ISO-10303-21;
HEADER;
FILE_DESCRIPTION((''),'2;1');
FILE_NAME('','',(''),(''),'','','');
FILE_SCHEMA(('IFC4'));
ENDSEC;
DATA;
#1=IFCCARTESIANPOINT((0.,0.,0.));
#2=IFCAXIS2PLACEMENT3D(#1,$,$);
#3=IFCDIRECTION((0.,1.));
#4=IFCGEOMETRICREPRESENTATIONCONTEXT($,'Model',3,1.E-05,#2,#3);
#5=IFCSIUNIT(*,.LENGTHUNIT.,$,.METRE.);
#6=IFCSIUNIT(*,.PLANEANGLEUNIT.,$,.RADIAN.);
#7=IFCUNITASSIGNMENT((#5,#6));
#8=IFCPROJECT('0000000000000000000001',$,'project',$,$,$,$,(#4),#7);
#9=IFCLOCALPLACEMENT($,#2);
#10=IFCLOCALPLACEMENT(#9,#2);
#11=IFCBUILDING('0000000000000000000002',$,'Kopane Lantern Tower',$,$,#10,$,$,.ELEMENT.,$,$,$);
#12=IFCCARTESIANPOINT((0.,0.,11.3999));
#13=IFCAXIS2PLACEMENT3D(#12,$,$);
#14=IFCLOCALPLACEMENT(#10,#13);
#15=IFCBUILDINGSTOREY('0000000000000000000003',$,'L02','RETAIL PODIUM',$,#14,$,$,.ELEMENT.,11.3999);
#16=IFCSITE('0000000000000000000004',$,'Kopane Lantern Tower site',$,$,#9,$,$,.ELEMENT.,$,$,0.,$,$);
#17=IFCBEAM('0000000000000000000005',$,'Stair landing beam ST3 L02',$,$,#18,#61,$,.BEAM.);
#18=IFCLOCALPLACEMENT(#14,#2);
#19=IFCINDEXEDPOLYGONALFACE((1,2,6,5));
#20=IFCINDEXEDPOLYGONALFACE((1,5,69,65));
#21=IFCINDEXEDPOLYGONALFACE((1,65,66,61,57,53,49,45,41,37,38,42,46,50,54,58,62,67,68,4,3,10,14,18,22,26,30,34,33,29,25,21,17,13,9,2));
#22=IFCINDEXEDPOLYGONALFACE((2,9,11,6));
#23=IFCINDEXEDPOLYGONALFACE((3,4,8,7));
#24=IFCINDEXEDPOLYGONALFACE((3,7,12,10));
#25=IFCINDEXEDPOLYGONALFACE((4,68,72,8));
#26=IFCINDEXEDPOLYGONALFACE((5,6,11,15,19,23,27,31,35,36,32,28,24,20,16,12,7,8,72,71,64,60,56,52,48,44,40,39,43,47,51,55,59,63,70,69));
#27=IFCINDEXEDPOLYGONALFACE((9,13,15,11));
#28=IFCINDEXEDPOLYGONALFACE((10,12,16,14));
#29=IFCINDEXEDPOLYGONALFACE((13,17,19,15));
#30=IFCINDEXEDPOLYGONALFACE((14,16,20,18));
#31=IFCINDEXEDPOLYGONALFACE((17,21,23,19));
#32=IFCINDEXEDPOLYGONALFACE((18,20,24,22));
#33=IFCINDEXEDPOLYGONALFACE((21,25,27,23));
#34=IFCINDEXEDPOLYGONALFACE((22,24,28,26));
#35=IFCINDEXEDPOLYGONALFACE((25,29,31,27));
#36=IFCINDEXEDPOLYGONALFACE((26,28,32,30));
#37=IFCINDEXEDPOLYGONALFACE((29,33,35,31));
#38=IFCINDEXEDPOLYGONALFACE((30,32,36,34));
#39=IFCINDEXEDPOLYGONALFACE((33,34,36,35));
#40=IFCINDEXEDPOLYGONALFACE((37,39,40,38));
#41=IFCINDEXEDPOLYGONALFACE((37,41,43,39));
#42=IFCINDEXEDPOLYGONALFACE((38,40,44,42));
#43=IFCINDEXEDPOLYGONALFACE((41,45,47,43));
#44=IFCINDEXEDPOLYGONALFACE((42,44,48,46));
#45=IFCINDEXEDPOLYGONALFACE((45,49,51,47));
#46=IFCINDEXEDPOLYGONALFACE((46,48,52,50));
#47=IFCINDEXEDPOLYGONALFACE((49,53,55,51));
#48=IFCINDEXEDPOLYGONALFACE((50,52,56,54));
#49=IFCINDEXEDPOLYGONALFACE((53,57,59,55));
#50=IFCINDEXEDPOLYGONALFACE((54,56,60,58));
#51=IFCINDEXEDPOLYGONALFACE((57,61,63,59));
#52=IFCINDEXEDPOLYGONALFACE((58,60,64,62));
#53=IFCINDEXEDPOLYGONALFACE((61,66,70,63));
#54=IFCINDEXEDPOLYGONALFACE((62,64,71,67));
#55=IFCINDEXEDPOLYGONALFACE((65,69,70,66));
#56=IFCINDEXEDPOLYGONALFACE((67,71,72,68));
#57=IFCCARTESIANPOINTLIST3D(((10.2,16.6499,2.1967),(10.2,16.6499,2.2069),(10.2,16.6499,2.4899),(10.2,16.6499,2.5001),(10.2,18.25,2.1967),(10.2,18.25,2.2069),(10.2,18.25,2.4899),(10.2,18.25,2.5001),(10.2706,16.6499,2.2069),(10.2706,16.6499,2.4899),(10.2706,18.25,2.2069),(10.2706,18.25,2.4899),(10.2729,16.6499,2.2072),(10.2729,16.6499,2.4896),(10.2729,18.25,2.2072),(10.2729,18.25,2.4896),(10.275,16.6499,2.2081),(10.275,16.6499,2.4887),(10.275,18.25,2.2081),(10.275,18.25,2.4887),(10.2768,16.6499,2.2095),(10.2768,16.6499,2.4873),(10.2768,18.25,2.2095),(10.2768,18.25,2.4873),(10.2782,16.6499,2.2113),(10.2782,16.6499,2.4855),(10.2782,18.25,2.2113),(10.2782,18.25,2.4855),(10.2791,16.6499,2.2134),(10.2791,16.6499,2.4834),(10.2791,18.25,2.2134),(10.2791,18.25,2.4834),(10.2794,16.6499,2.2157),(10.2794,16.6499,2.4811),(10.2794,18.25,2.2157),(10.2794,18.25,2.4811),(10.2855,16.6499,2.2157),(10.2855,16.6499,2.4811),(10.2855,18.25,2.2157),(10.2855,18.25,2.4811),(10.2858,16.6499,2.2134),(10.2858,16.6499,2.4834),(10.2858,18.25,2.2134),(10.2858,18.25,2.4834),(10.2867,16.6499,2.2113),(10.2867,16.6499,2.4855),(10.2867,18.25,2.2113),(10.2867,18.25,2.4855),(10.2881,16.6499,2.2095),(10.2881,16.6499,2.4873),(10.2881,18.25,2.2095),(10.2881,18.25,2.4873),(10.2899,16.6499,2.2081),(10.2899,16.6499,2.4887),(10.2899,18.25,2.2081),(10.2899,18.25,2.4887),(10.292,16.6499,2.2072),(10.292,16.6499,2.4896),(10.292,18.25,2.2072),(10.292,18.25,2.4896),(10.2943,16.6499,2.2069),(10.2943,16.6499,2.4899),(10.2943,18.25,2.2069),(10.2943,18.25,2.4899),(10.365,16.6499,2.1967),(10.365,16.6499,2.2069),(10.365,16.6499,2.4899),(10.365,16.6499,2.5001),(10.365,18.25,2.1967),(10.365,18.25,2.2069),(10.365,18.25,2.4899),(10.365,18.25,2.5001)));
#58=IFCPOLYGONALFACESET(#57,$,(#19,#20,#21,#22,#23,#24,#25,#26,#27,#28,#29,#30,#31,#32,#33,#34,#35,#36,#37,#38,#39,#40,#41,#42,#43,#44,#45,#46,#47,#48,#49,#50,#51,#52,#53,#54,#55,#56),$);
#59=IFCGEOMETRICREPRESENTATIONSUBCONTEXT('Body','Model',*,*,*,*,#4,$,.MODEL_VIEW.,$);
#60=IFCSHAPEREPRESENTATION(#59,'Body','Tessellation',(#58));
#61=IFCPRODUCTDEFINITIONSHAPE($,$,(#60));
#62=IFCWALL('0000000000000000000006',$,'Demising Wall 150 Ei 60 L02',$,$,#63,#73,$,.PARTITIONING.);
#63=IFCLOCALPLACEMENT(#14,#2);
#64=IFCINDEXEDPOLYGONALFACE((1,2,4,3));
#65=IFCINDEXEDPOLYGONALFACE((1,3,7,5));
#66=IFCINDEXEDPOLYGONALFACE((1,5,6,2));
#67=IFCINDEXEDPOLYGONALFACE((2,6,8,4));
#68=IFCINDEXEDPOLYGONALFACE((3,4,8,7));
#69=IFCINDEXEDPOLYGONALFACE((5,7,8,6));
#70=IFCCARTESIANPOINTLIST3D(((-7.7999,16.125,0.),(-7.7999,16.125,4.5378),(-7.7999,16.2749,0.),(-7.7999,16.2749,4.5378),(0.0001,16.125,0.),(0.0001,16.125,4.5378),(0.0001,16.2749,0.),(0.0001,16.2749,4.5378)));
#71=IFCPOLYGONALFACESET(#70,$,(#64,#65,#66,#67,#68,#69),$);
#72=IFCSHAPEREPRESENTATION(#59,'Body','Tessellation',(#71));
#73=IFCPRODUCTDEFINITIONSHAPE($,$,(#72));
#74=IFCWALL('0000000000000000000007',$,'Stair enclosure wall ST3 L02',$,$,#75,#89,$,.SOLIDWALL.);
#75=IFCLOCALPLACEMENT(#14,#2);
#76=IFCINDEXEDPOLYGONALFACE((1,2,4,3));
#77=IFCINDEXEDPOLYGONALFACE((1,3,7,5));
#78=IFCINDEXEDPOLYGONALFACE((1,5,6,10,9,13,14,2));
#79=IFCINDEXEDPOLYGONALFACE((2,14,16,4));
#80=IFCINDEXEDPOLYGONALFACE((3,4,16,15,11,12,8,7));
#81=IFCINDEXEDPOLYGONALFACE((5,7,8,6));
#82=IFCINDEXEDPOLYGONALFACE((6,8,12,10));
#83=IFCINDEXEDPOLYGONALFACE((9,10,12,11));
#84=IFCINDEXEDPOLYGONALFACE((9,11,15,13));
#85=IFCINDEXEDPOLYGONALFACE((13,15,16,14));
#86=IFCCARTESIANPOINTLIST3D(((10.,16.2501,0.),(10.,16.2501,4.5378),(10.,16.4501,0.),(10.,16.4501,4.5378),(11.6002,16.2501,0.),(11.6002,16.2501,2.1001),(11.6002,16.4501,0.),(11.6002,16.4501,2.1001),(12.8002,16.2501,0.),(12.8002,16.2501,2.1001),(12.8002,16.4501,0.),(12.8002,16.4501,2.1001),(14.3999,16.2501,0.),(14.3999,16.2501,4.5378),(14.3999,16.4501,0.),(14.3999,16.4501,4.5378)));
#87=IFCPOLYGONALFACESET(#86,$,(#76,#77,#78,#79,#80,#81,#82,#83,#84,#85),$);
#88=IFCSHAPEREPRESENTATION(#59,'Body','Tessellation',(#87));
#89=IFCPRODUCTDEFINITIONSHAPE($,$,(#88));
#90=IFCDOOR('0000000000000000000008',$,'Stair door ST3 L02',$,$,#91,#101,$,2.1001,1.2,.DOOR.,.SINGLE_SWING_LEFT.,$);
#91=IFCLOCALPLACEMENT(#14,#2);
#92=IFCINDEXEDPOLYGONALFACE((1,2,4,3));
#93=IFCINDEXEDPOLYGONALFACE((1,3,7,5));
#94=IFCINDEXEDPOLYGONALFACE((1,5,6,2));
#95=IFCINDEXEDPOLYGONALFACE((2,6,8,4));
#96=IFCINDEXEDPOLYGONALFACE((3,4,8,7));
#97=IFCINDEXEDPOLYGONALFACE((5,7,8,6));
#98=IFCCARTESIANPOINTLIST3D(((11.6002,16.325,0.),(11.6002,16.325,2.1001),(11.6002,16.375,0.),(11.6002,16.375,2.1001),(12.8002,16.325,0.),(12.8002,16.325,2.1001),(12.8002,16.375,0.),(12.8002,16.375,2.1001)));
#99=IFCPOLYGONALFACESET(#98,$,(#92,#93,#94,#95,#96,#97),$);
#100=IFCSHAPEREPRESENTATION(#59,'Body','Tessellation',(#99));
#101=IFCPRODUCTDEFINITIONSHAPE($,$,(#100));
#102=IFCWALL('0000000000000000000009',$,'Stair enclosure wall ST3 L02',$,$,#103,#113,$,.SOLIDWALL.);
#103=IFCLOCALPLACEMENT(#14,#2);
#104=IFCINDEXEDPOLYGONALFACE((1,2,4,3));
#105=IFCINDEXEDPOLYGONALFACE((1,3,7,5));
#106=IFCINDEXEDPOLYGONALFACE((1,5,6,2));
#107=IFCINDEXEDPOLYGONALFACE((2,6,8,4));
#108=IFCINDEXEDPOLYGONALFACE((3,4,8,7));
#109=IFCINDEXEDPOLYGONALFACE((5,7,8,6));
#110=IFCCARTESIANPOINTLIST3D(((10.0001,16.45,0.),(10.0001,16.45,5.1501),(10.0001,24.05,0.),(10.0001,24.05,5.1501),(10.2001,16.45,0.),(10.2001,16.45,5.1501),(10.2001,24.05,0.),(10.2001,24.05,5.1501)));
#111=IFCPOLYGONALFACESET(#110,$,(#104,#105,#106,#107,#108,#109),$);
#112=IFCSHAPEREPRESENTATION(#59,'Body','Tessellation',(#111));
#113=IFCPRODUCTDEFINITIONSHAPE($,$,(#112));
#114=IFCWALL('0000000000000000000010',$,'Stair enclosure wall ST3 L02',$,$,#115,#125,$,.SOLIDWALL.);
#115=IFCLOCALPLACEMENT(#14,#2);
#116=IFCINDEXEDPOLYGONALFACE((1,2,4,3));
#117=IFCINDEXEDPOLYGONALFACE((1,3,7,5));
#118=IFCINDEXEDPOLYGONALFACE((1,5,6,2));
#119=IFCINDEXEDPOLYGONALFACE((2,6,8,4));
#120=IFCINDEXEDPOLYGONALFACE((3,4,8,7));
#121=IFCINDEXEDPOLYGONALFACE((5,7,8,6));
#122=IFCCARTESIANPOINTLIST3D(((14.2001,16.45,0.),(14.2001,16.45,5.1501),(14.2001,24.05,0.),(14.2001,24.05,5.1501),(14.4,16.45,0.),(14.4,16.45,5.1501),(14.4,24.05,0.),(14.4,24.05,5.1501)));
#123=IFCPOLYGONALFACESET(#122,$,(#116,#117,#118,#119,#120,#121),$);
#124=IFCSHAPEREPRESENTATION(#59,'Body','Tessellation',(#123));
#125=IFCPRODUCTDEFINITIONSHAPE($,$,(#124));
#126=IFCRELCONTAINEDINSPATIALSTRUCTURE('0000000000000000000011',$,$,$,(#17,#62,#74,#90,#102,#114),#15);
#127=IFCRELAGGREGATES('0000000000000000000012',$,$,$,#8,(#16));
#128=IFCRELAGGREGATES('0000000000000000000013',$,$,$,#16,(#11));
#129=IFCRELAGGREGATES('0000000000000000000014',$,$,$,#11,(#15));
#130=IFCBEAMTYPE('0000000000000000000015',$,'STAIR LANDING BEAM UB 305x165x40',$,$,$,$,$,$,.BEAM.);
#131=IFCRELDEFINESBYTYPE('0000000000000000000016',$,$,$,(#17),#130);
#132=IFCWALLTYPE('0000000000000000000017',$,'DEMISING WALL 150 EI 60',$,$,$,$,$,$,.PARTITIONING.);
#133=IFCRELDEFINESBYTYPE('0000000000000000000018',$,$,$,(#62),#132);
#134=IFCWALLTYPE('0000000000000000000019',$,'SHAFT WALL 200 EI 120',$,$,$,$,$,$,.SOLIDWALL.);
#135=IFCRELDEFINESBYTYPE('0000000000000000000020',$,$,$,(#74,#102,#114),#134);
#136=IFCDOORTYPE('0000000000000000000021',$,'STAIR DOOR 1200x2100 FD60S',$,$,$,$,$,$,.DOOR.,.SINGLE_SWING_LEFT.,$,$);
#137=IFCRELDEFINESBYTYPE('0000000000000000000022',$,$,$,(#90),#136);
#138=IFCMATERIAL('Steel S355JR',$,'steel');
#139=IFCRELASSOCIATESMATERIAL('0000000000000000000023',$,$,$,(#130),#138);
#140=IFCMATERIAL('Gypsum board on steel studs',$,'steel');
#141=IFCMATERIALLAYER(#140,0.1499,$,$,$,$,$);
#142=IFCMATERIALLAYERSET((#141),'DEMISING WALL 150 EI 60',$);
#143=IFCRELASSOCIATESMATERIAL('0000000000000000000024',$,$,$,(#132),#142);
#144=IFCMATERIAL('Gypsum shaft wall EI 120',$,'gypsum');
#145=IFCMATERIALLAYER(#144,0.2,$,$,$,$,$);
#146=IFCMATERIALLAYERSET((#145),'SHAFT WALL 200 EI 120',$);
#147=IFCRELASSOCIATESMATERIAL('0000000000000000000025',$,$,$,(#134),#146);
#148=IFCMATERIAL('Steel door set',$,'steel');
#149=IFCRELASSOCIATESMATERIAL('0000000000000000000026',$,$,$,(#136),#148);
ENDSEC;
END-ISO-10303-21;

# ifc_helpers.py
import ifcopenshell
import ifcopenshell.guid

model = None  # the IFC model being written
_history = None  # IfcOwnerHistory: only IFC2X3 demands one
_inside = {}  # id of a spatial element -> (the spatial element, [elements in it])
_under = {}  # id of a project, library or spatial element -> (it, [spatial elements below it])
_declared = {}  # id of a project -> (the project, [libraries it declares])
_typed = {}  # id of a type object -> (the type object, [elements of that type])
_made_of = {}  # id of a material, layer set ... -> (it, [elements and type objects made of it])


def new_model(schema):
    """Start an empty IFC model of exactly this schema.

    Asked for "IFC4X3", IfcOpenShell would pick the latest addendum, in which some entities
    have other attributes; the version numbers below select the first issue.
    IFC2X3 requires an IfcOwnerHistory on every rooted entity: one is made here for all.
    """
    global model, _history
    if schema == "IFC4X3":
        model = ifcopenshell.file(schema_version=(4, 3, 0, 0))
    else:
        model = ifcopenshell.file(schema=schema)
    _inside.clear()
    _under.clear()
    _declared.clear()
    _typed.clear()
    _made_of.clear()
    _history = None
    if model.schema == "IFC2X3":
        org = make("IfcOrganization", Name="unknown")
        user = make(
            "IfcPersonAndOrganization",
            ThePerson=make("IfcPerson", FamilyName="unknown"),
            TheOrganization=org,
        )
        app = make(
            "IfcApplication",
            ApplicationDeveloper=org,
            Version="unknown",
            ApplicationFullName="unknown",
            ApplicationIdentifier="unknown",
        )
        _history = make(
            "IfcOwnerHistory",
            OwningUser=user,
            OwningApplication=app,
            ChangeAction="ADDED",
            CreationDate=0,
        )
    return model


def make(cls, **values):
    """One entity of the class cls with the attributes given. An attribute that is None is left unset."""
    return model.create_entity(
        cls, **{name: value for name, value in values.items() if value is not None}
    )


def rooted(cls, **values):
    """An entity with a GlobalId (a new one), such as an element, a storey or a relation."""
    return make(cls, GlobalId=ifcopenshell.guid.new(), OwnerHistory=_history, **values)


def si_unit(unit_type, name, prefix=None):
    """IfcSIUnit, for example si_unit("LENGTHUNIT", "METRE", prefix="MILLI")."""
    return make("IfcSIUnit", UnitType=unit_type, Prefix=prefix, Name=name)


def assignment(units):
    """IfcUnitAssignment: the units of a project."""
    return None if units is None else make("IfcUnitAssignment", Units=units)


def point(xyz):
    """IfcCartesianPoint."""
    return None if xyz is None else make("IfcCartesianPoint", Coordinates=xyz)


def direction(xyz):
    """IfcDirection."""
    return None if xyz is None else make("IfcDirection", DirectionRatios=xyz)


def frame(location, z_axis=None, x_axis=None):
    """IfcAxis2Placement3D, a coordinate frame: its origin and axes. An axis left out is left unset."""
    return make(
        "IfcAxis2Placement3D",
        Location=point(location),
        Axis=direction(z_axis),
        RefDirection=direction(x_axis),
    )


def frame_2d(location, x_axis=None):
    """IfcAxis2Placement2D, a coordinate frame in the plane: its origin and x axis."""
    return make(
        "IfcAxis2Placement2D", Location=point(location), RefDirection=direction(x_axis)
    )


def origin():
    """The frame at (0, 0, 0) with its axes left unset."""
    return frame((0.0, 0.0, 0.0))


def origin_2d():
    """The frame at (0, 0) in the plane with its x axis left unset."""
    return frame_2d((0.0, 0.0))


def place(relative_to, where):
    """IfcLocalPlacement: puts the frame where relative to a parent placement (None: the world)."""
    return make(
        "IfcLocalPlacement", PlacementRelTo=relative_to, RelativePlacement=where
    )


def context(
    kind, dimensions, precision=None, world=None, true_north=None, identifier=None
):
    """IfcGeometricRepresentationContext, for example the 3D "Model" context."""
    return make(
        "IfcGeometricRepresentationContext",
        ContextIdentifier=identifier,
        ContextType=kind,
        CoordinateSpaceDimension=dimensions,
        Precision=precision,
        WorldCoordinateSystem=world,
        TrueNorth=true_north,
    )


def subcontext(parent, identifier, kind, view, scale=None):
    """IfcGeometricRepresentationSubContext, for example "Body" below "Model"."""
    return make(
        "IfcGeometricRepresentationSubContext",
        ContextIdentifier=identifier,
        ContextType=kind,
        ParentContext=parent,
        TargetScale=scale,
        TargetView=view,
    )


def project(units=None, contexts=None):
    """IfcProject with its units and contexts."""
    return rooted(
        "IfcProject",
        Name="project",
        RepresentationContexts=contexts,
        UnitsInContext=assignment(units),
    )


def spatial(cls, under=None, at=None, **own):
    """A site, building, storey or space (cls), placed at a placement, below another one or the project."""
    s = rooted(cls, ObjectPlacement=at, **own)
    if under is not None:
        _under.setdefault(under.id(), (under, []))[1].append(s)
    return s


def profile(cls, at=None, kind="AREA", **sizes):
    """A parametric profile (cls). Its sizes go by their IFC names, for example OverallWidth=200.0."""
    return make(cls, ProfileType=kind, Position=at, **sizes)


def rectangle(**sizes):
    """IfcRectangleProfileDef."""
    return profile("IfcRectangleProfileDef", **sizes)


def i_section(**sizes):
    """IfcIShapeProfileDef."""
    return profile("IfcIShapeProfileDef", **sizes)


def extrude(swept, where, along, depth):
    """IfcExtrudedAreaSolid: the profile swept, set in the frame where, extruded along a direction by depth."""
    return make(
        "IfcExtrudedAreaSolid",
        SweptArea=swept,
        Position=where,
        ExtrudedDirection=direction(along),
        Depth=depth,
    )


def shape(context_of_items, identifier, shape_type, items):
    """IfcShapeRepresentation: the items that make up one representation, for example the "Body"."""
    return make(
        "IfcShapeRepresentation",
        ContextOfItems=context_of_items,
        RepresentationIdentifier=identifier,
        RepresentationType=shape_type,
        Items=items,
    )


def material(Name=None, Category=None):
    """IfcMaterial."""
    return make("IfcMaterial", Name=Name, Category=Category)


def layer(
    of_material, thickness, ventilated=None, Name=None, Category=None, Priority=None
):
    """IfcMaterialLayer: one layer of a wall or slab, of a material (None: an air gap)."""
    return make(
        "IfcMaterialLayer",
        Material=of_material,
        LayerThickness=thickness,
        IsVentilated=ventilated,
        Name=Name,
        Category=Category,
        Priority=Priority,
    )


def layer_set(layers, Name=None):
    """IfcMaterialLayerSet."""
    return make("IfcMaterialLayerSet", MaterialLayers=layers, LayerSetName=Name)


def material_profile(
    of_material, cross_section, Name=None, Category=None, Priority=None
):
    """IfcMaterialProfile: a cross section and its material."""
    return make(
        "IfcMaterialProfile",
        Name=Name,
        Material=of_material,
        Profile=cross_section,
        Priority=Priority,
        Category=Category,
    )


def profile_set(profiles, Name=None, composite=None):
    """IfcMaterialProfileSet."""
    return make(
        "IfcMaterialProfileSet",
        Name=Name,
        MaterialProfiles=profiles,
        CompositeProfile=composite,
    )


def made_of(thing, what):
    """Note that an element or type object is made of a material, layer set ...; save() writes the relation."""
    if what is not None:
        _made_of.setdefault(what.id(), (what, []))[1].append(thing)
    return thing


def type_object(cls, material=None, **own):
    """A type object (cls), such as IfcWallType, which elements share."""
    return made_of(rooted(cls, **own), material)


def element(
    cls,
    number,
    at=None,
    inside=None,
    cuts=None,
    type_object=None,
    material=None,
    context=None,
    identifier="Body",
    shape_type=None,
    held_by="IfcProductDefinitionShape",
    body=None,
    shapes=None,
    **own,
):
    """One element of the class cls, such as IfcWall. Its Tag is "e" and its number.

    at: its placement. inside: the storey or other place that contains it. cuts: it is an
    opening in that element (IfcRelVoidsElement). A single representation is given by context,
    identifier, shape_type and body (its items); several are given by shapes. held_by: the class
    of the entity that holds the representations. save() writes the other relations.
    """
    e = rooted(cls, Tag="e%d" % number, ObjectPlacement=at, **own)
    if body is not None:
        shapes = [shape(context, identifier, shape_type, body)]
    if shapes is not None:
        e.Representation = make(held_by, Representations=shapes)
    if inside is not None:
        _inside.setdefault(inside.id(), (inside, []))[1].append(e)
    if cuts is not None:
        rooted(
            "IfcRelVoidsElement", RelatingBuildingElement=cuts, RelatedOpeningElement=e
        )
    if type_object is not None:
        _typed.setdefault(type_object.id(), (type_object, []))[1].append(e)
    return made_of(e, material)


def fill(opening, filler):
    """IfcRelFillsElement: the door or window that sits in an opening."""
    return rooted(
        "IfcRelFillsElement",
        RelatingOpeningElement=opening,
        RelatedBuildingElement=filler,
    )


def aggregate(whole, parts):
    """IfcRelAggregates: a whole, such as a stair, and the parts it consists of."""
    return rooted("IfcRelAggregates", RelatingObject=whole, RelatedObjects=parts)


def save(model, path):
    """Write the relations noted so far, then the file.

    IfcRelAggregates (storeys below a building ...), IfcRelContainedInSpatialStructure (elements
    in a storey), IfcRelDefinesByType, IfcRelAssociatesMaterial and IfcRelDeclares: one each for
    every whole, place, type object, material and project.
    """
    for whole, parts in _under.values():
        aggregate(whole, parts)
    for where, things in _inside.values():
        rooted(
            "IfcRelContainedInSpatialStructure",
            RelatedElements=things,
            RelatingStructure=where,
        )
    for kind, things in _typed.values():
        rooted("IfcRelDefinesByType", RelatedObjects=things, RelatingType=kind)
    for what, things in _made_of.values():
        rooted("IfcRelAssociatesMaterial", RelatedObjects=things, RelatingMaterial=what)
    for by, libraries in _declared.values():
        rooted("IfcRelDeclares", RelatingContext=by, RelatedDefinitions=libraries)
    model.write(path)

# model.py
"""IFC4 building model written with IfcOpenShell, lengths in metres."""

from ifc_helpers import new_model, si_unit, direction, frame, frame_2d, origin, origin_2d, place, context, subcontext, project, spatial, rectangle, i_section, extrude, material, layer, layer_set, material_profile, profile_set, type_object, element, fill, save


model = new_model("IFC4")

# Units and contexts
model_context = context("Model", 3, precision=1e-05, world=origin(), true_north=direction((0.0, 1.0)))
body_context = subcontext(model_context, "Body", "Model", "MODEL_VIEW")
ifc_project = project(units=[si_unit("LENGTHUNIT", "METRE"), si_unit("PLANEANGLEUNIT", "RADIAN")], contexts=[model_context])

# Site, building, storey
site_placement = place(None, origin())
site = spatial("IfcSite", under=ifc_project, at=site_placement, Name="Kopane Lantern Tower site", CompositionType="ELEMENT", RefElevation=0.0)
building_placement = place(site_placement, origin())
building = spatial("IfcBuilding", under=site, at=building_placement, Name="Kopane Lantern Tower", CompositionType="ELEMENT")
storey_placement = place(building_placement, frame((0.0, 0.0, 11.3999)))
storey = spatial("IfcBuildingStorey", under=building, at=storey_placement, Name="L02", Description="RETAIL PODIUM", CompositionType="ELEMENT", Elevation=11.3999)

# Beam
ifc_material_1 = material(Name="Steel S355JR", Category="steel")
ifc_material_profile_1 = material_profile(ifc_material_1, i_section(OverallWidth=0.165, OverallDepth=0.3035, WebThickness=0.0061, FlangeThickness=0.0103, FilletRadius=0.0088, at=origin_2d()), Name="UB 305x165x40")
ifc_profile_set_1 = profile_set([ifc_material_profile_1], Name="Steel S355JR")
beam_type_1 = type_object("IfcBeamType", Name="STAIR LANDING BEAM UB 305x165x40", PredefinedType="BEAM", material=ifc_profile_set_1)
beam_1_placement = place(storey_placement, frame((10.2825, 16.6499, 2.3484), z_axis=(0.0, 1.0, 0.0), x_axis=(-1.0, 0.0, 0.0)))
element("IfcBeam", 1, at=beam_1_placement, inside=storey, type_object=beam_type_1, Name="Stair landing beam ST3 L02", PredefinedType="BEAM", context=body_context, shape_type="SweptSolid", body=[
    extrude(i_section(OverallWidth=0.165, OverallDepth=0.3035, WebThickness=0.0061, FlangeThickness=0.0103, FilletRadius=0.0088, at=origin_2d()), origin(), (0.0, 0.0, 1.0), 1.6001),
])

# Wall
ifc_material_2 = material(Name="Gypsum board on steel studs", Category="steel")
ifc_layer_1 = layer(ifc_material_2, 0.1499)
ifc_layer_set_1 = layer_set([ifc_layer_1], Name="DEMISING WALL 150 EI 60")
wall_type_1 = type_object("IfcWallType", Name="DEMISING WALL 150 EI 60", PredefinedType="PARTITIONING", material=ifc_layer_set_1)
wall_1_placement = place(storey_placement, frame((0.0, 16.2, 0.0), z_axis=(0.0, 0.0, 1.0), x_axis=(-1.0, 0.0, 0.0)))
element("IfcWall", 2, at=wall_1_placement, inside=storey, type_object=wall_type_1, Name="Demising Wall 150 Ei 60 L02", PredefinedType="PARTITIONING", context=body_context, shape_type="SweptSolid", body=[
    extrude(rectangle(XDim=7.8, YDim=0.1499, at=frame_2d((3.8999, 0.0))), origin(), (0.0, 0.0, 1.0), 4.5378),
])

# Wall, opening, door
ifc_material_3 = material(Name="Gypsum shaft wall EI 120", Category="gypsum")
ifc_layer_2 = layer(ifc_material_3, 0.2)
ifc_layer_set_2 = layer_set([ifc_layer_2], Name="SHAFT WALL 200 EI 120")
wall_type_2 = type_object("IfcWallType", Name="SHAFT WALL 200 EI 120", PredefinedType="SOLIDWALL", material=ifc_layer_set_2)
wall_2_placement = place(storey_placement, frame((10.0, 16.3501, 0.0), z_axis=(0.0, 0.0, 1.0), x_axis=(1.0, 0.0, 0.0)))
wall_2 = element("IfcWall", 3, at=wall_2_placement, inside=storey, type_object=wall_type_2, Name="Stair enclosure wall ST3 L02", PredefinedType="SOLIDWALL", context=body_context, shape_type="SweptSolid", body=[
    extrude(rectangle(XDim=4.3999, YDim=0.2, at=frame_2d((2.2, 0.0))), origin(), (0.0, 0.0, 1.0), 4.5378),
])
opening_placement = place(wall_2_placement, frame((1.6001, 0.0, 0.0)))
opening = element("IfcOpeningElement", 4, at=opening_placement, cuts=wall_2, PredefinedType="OPENING", context=body_context, shape_type="SweptSolid", body=[
    extrude(rectangle(XDim=1.2, YDim=2.1001, at=frame_2d((0.6001, 1.05))), frame((0.0, 0.1099, 0.0), z_axis=(0.0, -1.0, 0.0), x_axis=(1.0, 0.0, 0.0)), (0.0, 0.0, 1.0), 0.22),
])
ifc_material_4 = material(Name="Steel door set", Category="steel")
door_type = type_object("IfcDoorType", Name="STAIR DOOR 1200x2100 FD60S", OperationType="SINGLE_SWING_LEFT", PredefinedType="DOOR", material=ifc_material_4)
door_placement = place(opening_placement, origin())
door = element("IfcDoor", 5, at=door_placement, inside=storey, type_object=door_type, Name="Stair door ST3 L02", OperationType="SINGLE_SWING_LEFT", OverallHeight=2.1001, OverallWidth=1.2, PredefinedType="DOOR", context=body_context, shape_type="SweptSolid", body=[
    extrude(rectangle(XDim=1.2, YDim=2.1001, at=frame_2d((0.6001, 1.05))), frame((0.0, 0.0249, 0.0), z_axis=(0.0, -1.0, 0.0), x_axis=(1.0, 0.0, 0.0)), (0.0, 0.0, 1.0), 0.05),
])
fill(opening, door)

# Walls
for number, where, z_axis, x_axis, name in (
    (6, (10.1001, 16.45, 0.0), (0.0, 0.0, 1.0), (0.0, 1.0, 0.0), "Stair enclosure wall ST3 L02"),
    (7, (14.3, 16.45, 0.0), (0.0, 0.0, 1.0), (0.0, 1.0, 0.0), "Stair enclosure wall ST3 L02"),
):
    element("IfcWall", number, at=place(storey_placement, frame(where, z_axis=z_axis, x_axis=x_axis)), inside=storey, type_object=wall_type_2, Name=name, PredefinedType="SOLIDWALL", context=body_context, shape_type="SweptSolid", body=[
        extrude(rectangle(XDim=7.6001, YDim=0.2, at=frame_2d((3.8, 0.0))), origin(), (0.0, 0.0, 1.0), 5.1501),
    ])

save(model, "model.ifc")
